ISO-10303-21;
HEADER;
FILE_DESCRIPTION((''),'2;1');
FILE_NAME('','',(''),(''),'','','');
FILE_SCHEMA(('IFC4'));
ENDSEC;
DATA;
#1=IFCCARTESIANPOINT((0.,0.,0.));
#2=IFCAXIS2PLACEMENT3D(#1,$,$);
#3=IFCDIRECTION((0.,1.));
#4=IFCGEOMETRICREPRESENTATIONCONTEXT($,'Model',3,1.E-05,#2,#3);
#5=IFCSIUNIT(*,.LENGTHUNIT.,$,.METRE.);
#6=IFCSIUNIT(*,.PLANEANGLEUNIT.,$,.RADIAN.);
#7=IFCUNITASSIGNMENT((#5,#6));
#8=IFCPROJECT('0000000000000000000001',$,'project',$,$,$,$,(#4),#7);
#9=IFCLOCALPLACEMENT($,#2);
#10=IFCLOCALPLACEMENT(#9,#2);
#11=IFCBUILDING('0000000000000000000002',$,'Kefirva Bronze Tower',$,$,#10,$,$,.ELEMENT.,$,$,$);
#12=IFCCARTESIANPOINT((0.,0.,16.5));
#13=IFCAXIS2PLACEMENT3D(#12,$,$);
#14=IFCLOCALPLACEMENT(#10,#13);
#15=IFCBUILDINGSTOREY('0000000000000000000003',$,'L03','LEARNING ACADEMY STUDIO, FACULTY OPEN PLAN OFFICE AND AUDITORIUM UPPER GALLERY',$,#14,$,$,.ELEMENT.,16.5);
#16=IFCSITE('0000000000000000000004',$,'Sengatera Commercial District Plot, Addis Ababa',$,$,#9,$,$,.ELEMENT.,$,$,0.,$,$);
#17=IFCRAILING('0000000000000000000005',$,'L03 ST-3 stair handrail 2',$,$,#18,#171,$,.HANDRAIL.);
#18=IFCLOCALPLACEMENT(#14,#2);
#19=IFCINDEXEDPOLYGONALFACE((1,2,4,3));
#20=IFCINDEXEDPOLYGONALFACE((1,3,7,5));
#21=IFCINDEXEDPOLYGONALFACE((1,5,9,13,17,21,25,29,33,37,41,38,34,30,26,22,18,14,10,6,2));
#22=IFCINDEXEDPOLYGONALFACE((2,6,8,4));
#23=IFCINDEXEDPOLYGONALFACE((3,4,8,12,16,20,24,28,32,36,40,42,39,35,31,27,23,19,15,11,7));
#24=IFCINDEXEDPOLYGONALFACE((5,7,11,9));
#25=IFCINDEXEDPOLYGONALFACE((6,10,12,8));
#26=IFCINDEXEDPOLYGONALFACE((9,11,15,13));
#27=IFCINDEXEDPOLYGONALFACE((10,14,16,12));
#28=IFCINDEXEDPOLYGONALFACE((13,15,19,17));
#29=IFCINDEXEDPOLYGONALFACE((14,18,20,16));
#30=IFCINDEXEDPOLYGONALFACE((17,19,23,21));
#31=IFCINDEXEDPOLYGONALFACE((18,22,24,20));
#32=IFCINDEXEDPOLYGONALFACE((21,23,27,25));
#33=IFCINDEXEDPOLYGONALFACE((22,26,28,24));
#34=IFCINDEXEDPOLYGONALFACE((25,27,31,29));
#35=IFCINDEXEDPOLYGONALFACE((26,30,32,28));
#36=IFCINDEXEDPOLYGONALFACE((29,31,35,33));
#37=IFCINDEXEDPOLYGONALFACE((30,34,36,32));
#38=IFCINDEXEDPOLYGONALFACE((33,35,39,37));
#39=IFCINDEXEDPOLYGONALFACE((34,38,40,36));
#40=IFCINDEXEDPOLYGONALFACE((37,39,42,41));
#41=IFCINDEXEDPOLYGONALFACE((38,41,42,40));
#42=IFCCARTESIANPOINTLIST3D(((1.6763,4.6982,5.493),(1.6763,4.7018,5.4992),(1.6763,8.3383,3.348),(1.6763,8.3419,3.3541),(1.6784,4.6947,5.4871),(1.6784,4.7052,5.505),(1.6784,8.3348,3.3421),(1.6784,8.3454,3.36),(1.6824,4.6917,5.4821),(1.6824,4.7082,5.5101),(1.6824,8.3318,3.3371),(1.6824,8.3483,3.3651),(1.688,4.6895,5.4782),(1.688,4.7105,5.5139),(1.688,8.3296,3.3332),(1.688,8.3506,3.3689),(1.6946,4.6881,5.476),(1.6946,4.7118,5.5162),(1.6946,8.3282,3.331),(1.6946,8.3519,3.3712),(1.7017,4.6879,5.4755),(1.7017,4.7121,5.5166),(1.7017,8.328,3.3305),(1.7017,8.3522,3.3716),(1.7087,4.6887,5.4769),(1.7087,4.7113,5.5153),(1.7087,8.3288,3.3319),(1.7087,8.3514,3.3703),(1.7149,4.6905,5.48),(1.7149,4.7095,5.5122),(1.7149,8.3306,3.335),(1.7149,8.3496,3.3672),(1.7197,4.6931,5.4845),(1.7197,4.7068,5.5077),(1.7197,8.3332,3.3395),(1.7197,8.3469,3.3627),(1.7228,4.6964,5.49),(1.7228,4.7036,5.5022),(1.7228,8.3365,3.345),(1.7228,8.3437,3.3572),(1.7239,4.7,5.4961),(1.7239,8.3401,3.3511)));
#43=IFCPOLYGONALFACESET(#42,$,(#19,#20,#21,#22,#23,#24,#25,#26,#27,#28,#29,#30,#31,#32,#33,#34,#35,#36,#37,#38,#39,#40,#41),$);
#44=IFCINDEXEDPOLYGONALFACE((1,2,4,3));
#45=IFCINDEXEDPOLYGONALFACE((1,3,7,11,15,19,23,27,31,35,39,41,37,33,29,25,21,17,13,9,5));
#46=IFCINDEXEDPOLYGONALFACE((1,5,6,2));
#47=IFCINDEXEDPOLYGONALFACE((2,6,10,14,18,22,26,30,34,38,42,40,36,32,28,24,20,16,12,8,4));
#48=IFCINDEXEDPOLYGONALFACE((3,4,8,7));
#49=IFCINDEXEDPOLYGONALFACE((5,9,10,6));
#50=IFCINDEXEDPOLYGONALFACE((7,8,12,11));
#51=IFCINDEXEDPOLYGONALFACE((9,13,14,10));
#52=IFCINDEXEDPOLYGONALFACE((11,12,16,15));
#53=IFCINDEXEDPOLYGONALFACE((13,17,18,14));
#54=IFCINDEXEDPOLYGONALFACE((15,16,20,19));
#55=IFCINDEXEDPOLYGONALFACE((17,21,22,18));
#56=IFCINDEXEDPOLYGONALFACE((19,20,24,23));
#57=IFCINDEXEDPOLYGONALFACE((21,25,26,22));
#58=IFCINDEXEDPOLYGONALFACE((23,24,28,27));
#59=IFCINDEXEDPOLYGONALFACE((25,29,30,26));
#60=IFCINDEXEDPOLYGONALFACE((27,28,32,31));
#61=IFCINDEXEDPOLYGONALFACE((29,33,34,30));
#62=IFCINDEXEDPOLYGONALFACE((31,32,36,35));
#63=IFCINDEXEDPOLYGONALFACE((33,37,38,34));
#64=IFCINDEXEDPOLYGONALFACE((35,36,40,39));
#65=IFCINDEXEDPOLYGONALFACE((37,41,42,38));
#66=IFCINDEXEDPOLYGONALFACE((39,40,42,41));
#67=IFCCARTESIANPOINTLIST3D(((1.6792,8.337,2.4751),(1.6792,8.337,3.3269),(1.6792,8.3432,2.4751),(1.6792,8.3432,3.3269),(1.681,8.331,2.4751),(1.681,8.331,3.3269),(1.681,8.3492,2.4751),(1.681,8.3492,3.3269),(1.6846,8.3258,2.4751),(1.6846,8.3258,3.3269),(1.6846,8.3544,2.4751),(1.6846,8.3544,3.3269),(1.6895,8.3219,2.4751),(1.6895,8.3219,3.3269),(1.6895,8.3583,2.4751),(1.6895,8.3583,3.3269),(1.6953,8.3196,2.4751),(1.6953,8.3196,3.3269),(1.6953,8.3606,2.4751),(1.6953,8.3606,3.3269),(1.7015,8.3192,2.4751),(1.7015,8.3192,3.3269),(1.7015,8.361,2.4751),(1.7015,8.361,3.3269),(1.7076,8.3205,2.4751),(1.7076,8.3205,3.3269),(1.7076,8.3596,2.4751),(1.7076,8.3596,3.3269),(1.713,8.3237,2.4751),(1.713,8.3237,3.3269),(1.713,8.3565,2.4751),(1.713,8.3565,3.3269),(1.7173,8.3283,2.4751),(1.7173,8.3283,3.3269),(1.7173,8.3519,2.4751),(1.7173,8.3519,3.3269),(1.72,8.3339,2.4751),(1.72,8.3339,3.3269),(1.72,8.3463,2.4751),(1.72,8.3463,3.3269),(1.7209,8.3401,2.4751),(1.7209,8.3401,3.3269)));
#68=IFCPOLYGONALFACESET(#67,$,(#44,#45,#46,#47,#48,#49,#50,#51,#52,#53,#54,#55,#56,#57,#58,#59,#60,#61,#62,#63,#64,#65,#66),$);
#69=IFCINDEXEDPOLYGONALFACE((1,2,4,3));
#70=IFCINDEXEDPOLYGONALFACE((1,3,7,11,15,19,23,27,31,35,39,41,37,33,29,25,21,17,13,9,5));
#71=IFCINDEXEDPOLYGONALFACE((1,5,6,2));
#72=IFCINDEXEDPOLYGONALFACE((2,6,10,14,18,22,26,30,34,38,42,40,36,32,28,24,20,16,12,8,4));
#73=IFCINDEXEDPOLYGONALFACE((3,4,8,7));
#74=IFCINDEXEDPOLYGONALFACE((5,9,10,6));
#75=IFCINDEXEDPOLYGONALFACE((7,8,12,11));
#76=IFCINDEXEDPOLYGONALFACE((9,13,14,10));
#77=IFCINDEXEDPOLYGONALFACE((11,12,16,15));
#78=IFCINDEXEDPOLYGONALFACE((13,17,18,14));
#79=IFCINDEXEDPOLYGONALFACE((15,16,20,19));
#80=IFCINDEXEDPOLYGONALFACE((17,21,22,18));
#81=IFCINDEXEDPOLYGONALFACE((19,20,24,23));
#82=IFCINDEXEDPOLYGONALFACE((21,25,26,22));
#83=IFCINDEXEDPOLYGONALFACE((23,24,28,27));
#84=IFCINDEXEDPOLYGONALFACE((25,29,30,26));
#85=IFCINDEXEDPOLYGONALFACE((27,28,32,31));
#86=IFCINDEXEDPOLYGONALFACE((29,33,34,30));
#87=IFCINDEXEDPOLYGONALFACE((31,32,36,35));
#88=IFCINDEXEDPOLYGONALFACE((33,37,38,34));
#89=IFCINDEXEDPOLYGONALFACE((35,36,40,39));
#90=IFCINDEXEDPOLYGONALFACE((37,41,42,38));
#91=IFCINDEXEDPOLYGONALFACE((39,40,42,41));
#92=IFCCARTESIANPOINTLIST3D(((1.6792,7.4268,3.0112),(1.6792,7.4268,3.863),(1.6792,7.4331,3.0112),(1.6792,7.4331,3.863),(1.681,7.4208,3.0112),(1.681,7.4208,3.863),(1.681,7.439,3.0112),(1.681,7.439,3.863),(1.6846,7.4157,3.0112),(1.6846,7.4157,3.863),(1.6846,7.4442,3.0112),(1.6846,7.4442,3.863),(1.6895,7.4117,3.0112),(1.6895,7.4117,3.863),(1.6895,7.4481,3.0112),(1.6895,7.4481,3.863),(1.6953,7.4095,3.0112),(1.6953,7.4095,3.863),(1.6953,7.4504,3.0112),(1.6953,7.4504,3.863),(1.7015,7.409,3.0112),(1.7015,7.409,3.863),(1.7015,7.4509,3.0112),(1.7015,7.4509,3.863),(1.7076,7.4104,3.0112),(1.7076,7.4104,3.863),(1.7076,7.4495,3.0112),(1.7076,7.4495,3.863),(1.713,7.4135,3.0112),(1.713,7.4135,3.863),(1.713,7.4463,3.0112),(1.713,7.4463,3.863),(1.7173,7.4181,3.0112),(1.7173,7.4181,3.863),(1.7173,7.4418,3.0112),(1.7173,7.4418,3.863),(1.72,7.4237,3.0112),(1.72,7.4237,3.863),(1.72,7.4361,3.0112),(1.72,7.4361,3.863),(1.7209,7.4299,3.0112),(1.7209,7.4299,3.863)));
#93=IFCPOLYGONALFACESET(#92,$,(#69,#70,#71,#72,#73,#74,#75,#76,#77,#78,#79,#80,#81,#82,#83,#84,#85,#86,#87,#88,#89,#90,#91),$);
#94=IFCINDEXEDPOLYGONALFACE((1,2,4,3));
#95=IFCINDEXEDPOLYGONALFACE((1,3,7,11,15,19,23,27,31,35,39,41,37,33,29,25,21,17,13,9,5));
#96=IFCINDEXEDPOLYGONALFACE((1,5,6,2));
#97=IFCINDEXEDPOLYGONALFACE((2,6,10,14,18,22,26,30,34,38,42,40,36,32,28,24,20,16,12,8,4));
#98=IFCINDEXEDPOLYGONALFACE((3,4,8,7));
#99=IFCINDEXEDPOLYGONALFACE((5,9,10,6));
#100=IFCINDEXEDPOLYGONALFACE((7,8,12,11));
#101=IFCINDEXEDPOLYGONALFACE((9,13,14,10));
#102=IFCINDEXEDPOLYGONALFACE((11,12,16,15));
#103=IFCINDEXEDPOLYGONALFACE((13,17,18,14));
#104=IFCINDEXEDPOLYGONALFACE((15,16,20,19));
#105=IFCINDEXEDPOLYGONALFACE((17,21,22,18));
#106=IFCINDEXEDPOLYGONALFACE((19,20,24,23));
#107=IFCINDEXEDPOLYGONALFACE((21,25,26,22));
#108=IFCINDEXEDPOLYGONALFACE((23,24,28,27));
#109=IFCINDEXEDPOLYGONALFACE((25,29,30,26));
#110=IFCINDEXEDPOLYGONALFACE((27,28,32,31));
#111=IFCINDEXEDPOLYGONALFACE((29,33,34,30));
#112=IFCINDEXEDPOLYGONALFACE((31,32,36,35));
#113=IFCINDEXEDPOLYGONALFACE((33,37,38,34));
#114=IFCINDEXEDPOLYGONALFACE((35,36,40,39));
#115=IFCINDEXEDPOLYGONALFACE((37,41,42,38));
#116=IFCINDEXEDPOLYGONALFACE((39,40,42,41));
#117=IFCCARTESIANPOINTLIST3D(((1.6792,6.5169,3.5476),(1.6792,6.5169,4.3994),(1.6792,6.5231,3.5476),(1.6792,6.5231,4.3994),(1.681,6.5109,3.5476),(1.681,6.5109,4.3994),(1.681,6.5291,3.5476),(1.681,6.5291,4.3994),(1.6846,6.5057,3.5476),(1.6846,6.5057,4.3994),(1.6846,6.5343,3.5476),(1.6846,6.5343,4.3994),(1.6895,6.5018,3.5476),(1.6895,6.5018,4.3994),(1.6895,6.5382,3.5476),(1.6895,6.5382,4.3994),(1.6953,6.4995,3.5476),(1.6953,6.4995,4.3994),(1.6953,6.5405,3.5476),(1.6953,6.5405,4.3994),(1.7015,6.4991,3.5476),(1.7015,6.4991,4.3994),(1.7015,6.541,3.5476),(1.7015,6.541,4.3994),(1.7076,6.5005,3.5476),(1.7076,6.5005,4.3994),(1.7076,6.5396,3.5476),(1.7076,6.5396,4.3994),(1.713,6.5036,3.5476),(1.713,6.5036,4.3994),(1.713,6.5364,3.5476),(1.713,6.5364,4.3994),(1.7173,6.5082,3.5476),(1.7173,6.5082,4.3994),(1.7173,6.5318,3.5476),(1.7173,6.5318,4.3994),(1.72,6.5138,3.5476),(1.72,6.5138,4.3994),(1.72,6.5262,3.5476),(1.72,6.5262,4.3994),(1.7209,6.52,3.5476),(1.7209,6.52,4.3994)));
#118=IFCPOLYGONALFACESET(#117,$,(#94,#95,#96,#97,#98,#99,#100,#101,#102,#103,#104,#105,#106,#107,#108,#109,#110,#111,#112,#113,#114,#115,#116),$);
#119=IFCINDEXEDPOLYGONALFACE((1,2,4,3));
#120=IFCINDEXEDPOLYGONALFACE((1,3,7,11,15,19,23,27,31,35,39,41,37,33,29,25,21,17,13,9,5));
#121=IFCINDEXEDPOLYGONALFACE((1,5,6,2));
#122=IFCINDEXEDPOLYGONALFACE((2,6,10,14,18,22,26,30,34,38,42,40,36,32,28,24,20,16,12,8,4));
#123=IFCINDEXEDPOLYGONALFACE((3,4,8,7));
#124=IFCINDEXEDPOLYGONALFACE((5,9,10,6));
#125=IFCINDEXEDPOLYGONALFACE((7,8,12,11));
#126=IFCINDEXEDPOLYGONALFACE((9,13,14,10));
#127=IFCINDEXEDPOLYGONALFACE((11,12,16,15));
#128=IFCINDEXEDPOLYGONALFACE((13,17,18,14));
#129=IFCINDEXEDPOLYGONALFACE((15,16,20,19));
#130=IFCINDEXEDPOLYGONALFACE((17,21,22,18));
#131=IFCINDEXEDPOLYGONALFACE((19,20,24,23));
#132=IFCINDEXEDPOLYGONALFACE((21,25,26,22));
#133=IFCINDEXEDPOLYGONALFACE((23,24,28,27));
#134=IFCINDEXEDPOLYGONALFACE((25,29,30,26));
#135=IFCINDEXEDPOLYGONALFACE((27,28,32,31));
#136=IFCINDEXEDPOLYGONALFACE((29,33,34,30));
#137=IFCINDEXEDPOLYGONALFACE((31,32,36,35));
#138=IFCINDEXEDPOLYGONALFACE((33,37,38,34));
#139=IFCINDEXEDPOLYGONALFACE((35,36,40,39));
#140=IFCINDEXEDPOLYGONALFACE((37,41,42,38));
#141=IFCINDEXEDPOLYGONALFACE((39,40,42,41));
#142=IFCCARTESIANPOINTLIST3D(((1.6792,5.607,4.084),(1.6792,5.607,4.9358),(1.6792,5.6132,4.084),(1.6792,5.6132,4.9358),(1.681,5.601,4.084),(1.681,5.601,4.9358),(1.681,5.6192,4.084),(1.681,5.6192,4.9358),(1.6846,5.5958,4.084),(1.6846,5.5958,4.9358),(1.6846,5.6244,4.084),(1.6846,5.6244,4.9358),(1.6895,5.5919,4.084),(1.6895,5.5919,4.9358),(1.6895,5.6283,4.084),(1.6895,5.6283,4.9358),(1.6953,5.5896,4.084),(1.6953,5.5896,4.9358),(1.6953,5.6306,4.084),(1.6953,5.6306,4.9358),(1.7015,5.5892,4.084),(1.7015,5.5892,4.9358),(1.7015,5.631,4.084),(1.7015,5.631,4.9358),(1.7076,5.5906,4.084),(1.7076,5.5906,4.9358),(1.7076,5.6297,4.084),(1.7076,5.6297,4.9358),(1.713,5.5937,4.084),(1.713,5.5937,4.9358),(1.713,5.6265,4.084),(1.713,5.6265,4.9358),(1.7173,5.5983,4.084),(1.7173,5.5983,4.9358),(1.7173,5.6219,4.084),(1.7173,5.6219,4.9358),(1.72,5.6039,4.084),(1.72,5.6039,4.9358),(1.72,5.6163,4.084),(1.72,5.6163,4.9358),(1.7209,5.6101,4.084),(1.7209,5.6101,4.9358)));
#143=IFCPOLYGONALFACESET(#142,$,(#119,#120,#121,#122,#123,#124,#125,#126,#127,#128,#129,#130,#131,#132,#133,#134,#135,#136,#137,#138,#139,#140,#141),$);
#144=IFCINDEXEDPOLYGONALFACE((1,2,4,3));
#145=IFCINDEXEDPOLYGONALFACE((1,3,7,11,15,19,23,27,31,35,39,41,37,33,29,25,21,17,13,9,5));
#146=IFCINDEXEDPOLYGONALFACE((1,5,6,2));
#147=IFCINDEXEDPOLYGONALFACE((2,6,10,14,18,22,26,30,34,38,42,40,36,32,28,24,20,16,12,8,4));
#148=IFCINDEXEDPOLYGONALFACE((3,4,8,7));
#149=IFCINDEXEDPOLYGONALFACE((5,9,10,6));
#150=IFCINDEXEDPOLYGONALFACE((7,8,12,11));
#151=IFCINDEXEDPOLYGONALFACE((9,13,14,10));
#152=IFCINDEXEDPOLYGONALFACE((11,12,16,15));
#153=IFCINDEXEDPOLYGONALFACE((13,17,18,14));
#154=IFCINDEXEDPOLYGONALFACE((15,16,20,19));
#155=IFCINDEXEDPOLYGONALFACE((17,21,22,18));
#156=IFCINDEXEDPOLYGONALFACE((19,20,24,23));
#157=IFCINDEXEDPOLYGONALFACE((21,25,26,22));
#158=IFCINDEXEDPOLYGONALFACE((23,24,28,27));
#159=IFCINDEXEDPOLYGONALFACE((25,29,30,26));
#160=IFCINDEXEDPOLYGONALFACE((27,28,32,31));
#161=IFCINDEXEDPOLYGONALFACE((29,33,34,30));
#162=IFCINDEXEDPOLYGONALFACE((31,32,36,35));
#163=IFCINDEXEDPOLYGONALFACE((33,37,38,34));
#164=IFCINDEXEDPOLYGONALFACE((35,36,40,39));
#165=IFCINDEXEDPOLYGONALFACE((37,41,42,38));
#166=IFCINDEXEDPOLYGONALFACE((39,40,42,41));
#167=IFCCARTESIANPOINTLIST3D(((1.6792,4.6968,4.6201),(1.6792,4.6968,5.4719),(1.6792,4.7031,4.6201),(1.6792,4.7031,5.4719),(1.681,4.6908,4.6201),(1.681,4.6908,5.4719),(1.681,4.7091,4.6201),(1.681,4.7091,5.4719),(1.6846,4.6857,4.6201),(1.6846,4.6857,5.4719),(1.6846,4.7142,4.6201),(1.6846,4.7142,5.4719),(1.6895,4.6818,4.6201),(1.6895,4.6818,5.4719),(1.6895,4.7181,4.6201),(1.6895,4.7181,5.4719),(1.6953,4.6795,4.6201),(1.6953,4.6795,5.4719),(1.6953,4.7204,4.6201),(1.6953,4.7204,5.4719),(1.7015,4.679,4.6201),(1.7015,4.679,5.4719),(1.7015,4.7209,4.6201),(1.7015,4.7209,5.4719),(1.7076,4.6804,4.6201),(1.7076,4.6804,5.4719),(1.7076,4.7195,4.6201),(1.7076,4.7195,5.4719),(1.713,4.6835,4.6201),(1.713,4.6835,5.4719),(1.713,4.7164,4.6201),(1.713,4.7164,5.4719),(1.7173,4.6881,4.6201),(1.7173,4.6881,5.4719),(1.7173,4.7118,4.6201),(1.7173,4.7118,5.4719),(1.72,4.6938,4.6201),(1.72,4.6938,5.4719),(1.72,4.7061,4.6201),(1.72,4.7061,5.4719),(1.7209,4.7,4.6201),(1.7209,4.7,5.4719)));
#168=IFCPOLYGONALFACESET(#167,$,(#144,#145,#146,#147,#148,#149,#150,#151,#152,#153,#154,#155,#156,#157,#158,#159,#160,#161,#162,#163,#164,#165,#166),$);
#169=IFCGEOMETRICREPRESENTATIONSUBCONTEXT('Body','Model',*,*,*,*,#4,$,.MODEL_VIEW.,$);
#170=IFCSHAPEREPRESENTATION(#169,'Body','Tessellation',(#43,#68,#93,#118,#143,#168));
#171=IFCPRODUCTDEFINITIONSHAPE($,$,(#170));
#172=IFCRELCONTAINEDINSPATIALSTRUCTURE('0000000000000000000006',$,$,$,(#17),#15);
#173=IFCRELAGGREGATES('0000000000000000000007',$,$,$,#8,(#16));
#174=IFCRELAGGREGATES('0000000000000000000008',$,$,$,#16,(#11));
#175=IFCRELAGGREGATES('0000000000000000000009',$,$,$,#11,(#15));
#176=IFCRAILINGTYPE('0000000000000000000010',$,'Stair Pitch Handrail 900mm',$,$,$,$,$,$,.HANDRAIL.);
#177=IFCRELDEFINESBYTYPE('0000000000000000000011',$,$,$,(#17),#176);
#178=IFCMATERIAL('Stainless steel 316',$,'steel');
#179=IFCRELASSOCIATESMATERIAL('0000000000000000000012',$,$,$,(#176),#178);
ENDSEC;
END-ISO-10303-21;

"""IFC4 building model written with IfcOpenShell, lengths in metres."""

from ifc_helpers import new_model, si_unit, direction, frame, origin, origin_2d, place, context, subcontext, project, spatial, circle, extrude, material, type_object, element, save


model = new_model("IFC4")

# Units and contexts
model_context = context("Model", 3, precision=1e-05, world=origin(), true_north=direction((0.0, 1.0)))
body_context = subcontext(model_context, "Body", "Model", "MODEL_VIEW")
ifc_project = project(units=[si_unit("LENGTHUNIT", "METRE"), si_unit("PLANEANGLEUNIT", "RADIAN")], contexts=[model_context])

# Site, building, storey
site_placement = place(None, origin())
site = spatial("IfcSite", under=ifc_project, at=site_placement, Name="Sengatera Commercial District Plot, Addis Ababa", CompositionType="ELEMENT", RefElevation=0.0)
building_placement = place(site_placement, origin())
building = spatial("IfcBuilding", under=site, at=building_placement, Name="Kefirva Bronze Tower", CompositionType="ELEMENT")
storey_placement = place(building_placement, frame((0.0, 0.0, 16.5)))
storey = spatial("IfcBuildingStorey", under=building, at=storey_placement, Name="L03", Description="LEARNING ACADEMY STUDIO, FACULTY OPEN PLAN OFFICE AND AUDITORIUM UPPER GALLERY", CompositionType="ELEMENT", Elevation=16.5)

# Railing
ifc_material_1 = material(Name="Stainless steel 316", Category="steel")
railing_type_1 = type_object("IfcRailingType", Name="Stair Pitch Handrail 900mm", PredefinedType="HANDRAIL", material=ifc_material_1)
railing_1_placement = place(storey_placement, frame((1.7, 8.3401, 2.4751)))
element("IfcRailing", 1, at=railing_1_placement, inside=storey, type_object=railing_type_1, Name="L03 ST-3 stair handrail 2", PredefinedType="HANDRAIL", context=body_context, shape_type="SweptSolid", body=[
    extrude(circle(Radius=0.0239, at=origin_2d()), frame((0.0, 0.0, 0.876), z_axis=(0.0, -0.861545, 0.507682), x_axis=(1.0, 0.0, 0.0)), (0.0, 0.0, 1.0), 4.2251),
    extrude(circle(Radius=0.021, at=origin_2d()), origin(), (0.0, 0.0, 1.0), 0.8518),
    extrude(circle(Radius=0.021, at=origin_2d()), frame((0.0, -0.9102, 0.5361)), (0.0, 0.0, 1.0), 0.8518),
    extrude(circle(Radius=0.021, at=origin_2d()), frame((0.0, -1.8201, 1.0725)), (0.0, 0.0, 1.0), 0.8518),
    extrude(circle(Radius=0.021, at=origin_2d()), frame((0.0, -2.73, 1.6089)), (0.0, 0.0, 1.0), 0.8518),
    extrude(circle(Radius=0.021, at=origin_2d()), frame((0.0, -3.6401, 2.145)), (0.0, 0.0, 1.0), 0.8518),
])

save(model, "model.ifc")
